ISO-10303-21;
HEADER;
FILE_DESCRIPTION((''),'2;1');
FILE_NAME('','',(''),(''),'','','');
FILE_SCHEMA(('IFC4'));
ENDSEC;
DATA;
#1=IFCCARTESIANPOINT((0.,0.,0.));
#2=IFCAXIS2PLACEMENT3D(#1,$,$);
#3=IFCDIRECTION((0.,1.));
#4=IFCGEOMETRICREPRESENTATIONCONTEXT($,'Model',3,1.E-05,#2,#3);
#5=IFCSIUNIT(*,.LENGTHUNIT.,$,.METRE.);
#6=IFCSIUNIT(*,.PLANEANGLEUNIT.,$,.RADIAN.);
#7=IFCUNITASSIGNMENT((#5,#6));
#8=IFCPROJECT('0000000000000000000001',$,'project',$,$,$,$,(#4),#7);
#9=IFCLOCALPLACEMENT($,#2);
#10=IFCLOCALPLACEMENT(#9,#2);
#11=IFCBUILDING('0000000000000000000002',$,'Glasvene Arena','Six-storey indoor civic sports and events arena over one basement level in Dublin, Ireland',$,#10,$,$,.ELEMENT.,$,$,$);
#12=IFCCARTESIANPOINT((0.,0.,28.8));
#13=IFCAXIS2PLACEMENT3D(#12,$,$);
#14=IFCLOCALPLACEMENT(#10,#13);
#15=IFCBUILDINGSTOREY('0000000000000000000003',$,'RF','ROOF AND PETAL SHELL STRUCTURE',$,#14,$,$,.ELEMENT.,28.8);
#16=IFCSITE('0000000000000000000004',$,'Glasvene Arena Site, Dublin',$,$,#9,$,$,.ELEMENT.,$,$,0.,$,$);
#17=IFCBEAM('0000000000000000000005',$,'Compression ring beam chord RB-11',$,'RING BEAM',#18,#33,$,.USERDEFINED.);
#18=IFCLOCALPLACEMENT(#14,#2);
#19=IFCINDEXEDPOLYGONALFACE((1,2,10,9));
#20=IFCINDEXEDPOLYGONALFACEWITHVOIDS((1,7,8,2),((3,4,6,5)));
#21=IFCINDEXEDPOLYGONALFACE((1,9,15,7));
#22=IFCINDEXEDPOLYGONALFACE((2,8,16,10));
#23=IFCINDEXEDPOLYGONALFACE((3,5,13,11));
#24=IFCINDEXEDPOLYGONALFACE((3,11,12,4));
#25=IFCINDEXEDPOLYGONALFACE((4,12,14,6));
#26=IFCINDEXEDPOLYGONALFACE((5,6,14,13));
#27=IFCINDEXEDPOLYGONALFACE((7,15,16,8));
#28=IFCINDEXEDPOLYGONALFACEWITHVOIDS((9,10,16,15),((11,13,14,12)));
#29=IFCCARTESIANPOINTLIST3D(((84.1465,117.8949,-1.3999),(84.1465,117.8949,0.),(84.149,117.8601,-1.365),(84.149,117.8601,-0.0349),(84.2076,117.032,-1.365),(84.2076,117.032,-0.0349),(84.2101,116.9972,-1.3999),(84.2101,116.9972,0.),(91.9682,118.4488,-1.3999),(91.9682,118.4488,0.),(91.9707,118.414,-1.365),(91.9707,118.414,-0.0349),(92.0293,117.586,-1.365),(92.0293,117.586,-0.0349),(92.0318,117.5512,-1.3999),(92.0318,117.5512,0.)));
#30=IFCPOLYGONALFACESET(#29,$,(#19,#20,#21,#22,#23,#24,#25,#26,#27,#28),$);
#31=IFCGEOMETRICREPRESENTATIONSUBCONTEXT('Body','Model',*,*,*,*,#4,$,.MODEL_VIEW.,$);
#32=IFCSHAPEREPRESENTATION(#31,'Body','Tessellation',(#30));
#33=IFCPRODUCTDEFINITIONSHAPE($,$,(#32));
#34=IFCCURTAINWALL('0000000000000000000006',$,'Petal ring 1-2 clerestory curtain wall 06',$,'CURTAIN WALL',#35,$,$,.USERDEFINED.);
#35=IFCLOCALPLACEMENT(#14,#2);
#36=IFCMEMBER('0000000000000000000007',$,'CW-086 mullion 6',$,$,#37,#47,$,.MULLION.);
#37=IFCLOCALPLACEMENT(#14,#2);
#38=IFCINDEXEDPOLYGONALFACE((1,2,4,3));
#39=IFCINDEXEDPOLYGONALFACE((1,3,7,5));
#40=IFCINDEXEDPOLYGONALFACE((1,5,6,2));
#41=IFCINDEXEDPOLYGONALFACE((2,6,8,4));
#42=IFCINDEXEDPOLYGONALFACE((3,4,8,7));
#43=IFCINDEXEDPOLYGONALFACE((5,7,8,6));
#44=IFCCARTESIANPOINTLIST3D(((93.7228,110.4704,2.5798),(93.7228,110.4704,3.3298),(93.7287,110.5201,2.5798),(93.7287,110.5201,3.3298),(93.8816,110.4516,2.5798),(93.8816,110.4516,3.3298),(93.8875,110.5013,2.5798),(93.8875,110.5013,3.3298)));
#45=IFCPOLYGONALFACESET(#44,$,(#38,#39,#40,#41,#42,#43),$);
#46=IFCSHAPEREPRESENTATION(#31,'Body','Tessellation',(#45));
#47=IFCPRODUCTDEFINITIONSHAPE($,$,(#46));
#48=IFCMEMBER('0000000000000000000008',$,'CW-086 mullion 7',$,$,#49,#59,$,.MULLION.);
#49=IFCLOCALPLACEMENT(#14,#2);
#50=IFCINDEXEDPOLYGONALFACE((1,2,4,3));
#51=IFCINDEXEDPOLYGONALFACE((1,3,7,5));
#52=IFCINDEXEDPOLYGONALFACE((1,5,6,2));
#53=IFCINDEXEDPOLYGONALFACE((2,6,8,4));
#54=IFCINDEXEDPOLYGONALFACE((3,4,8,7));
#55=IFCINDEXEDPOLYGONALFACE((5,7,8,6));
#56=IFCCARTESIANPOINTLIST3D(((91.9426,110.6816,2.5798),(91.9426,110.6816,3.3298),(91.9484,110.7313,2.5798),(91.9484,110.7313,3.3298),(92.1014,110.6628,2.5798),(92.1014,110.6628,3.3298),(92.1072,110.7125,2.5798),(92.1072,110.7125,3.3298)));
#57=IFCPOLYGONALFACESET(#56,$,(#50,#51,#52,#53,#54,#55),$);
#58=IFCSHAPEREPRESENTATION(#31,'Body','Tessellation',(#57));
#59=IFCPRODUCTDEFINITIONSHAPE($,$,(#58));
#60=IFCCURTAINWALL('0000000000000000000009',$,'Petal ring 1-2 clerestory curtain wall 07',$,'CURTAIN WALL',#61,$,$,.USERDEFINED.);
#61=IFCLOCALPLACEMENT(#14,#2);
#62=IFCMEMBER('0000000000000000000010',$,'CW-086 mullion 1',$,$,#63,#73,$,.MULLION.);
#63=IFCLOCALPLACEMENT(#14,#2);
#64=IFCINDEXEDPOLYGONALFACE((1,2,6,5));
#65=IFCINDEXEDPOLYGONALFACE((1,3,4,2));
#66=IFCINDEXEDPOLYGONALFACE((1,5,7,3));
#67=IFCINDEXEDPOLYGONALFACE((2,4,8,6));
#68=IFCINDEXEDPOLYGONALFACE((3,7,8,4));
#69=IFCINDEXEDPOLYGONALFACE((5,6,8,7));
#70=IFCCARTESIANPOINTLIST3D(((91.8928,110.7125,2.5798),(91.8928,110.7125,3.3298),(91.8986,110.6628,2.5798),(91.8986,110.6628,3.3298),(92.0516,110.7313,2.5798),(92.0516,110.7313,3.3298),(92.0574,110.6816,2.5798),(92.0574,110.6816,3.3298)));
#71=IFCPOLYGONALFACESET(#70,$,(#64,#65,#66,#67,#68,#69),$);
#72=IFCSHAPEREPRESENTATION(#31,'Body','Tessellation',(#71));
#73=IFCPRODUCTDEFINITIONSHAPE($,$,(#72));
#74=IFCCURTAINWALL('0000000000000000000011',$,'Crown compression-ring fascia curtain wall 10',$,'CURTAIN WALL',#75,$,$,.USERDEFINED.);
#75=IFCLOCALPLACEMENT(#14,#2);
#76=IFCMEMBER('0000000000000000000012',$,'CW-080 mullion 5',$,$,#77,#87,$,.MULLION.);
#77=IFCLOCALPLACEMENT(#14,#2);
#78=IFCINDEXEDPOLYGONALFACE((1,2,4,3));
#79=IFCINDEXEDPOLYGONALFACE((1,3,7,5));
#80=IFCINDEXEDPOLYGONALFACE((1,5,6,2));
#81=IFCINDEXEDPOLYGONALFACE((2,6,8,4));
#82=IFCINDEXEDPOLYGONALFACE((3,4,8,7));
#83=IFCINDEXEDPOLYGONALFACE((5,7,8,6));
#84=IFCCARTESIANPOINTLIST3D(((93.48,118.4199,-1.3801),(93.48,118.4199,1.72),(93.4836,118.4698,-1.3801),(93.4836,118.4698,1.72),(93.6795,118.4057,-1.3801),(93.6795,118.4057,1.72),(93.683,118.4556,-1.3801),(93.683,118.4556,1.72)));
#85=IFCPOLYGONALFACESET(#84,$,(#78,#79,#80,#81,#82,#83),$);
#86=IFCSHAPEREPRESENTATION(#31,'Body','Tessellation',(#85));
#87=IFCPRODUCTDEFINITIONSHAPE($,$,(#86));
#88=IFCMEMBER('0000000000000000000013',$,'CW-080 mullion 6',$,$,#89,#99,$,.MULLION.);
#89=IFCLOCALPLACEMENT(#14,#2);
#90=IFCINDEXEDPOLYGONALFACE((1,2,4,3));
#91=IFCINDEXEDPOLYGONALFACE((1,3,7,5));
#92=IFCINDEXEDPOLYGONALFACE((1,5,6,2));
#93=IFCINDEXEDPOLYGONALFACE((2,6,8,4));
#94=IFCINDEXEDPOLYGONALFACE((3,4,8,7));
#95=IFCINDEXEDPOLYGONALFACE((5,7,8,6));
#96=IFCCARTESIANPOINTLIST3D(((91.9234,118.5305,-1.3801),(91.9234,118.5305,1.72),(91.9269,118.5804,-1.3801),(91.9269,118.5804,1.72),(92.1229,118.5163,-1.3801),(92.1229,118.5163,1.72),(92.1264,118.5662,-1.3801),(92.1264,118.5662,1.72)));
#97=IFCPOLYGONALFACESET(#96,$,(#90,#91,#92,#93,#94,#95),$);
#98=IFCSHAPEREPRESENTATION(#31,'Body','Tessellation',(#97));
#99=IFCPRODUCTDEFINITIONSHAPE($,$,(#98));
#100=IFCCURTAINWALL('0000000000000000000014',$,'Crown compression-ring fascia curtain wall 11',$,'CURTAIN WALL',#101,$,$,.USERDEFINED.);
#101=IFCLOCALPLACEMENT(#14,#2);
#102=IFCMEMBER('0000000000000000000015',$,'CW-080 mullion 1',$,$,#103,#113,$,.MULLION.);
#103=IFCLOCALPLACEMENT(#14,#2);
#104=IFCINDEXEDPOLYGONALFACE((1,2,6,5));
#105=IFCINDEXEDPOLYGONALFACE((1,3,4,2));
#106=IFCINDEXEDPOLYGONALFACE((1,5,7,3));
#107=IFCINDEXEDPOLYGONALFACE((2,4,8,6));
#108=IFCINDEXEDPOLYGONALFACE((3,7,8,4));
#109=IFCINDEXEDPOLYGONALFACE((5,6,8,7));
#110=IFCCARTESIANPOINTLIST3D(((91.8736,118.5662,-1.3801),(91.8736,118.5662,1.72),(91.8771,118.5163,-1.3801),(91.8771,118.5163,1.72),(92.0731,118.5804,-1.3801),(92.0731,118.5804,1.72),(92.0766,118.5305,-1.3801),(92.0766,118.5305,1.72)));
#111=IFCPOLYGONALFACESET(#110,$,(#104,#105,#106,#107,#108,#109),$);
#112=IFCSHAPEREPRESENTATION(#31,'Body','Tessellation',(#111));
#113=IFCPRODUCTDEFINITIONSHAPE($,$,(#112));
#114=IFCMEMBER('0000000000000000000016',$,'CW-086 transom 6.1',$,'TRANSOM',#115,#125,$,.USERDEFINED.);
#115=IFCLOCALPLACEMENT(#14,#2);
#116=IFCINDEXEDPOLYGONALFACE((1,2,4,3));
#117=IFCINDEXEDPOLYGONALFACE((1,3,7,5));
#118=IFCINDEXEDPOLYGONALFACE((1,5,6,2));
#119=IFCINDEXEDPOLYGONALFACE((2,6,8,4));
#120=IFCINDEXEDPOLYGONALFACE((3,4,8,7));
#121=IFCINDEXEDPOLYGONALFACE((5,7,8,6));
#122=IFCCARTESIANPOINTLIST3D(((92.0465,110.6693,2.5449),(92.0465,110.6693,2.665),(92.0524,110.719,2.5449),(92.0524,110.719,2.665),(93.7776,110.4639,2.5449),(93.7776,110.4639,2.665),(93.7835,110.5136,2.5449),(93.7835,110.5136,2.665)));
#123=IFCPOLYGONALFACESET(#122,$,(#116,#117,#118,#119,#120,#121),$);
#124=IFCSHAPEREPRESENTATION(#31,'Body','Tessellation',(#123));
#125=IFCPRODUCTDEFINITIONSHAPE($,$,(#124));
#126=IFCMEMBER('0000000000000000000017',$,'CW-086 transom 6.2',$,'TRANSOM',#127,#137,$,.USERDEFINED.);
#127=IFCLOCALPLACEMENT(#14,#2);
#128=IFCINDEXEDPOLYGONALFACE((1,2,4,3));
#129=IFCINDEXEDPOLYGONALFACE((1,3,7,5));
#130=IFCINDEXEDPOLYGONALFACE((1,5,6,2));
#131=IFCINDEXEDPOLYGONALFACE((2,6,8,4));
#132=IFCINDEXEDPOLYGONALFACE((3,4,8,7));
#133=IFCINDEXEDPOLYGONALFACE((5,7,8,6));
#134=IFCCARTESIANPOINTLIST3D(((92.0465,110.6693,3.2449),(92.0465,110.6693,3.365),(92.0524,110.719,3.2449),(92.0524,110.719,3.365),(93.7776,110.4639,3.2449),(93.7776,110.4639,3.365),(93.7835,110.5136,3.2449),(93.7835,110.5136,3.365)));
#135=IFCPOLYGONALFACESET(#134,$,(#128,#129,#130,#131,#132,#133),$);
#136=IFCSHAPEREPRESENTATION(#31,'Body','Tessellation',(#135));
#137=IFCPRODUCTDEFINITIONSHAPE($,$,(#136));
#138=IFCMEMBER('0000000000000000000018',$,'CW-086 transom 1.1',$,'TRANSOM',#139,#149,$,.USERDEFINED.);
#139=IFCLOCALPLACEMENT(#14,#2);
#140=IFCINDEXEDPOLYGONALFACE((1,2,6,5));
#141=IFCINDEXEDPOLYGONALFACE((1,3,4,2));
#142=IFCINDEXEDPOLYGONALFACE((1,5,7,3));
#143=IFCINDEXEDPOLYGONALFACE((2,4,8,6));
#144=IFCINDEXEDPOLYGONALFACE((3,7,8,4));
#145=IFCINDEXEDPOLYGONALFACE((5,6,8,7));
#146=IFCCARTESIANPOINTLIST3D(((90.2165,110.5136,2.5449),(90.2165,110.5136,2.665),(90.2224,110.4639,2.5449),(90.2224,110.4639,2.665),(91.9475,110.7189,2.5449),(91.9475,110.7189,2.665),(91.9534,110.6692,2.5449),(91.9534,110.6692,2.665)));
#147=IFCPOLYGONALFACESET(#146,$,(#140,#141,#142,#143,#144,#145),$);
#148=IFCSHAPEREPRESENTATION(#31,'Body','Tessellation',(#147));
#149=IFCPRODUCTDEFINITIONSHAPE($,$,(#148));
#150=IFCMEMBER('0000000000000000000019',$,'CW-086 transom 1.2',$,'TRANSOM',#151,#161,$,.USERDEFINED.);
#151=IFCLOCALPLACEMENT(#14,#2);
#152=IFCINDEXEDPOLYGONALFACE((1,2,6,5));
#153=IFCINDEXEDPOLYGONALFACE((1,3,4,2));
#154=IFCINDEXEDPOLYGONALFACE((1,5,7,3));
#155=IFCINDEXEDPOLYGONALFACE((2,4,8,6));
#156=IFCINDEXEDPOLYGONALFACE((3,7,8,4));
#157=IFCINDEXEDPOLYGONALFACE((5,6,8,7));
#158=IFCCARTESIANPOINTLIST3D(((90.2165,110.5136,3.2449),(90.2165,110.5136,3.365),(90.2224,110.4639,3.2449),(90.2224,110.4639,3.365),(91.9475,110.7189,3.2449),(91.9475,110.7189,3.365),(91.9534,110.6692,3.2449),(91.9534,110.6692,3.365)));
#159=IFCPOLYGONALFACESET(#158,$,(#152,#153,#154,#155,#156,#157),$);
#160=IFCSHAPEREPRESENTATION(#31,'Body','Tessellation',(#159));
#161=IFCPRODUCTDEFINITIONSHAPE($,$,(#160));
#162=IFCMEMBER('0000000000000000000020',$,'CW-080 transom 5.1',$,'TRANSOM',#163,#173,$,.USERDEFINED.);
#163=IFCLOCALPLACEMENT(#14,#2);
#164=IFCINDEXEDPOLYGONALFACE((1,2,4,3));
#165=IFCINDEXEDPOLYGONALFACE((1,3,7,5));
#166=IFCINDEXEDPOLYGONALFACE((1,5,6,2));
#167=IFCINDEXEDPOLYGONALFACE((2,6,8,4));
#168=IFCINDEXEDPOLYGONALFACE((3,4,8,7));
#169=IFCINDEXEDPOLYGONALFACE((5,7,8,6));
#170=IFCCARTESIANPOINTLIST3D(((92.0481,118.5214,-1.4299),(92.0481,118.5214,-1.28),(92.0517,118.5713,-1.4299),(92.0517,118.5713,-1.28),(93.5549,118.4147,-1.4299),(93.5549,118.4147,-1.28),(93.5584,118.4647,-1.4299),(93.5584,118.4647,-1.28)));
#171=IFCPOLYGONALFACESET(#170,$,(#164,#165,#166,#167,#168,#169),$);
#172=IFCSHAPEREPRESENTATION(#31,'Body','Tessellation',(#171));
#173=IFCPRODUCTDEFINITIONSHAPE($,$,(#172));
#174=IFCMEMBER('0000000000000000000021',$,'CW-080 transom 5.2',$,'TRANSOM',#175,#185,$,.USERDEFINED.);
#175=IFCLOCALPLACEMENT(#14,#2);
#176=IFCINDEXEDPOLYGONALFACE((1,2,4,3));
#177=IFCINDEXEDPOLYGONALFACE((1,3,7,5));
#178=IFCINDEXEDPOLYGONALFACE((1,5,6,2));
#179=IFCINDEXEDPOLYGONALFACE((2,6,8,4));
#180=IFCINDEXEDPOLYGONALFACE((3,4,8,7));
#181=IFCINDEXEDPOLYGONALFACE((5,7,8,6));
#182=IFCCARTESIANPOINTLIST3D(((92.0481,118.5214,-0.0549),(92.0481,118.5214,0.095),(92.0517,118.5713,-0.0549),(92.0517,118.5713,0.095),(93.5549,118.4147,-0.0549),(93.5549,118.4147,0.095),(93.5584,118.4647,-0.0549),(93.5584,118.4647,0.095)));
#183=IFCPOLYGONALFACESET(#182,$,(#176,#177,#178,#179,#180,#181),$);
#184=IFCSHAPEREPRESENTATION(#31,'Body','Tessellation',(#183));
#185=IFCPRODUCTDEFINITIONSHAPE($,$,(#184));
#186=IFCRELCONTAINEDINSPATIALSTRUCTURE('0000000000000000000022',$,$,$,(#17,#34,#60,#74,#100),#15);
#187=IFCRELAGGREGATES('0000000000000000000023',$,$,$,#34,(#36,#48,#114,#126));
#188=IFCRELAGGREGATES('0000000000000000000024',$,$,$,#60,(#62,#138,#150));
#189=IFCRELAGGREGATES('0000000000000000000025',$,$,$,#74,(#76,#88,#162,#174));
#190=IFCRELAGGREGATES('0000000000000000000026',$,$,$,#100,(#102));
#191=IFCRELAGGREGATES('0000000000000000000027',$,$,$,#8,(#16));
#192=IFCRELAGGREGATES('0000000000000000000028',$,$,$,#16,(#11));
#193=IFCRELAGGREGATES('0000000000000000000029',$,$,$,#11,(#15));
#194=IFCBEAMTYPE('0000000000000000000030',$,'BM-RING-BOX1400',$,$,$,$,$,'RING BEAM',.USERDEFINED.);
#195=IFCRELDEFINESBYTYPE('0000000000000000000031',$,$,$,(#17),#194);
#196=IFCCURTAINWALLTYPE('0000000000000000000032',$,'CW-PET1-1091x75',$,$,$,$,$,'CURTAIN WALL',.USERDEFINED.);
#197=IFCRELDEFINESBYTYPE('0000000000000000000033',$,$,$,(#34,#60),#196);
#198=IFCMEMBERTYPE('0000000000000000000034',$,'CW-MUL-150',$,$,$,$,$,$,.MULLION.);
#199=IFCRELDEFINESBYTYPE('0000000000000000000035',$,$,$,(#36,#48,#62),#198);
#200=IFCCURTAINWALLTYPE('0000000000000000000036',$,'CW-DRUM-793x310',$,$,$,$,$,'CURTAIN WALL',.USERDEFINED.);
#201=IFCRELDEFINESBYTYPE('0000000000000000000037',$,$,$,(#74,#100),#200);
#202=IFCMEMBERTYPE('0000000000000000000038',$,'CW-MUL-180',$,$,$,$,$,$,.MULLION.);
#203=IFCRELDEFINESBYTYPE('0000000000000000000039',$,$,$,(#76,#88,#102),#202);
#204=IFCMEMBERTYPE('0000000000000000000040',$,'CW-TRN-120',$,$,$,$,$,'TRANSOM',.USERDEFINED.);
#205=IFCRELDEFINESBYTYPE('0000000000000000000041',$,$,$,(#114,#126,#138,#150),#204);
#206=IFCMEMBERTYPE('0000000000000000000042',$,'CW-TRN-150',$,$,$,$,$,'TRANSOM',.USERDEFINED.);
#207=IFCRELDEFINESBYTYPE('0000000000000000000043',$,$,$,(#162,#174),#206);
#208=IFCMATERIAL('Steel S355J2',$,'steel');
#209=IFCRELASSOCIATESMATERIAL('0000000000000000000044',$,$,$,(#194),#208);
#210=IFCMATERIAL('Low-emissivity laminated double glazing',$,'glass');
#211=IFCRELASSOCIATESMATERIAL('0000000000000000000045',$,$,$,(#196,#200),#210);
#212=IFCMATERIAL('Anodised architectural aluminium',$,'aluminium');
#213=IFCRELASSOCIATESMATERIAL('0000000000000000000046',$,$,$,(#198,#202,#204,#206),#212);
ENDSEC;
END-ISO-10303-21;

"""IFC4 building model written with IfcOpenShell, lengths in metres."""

from ifc_helpers import new_model, si_unit, direction, frame, origin, origin_2d, place, context, subcontext, project, spatial, rectangle, hollow_rectangle, extrude, material, material_profile, profile_set, type_object, element, aggregate, save


model = new_model("IFC4")

# Units and contexts
model_context = context("Model", 3, precision=1e-05, world=origin(), true_north=direction((0.0, 1.0)))
body_context = subcontext(model_context, "Body", "Model", "MODEL_VIEW")
ifc_project = project(units=[si_unit("LENGTHUNIT", "METRE"), si_unit("PLANEANGLEUNIT", "RADIAN")], contexts=[model_context])

# Site, building, storey
site_placement = place(None, origin())
site = spatial("IfcSite", under=ifc_project, at=site_placement, Name="Glasvene Arena Site, Dublin", CompositionType="ELEMENT", RefElevation=0.0)
building_placement = place(site_placement, origin())
building = spatial("IfcBuilding", under=site, at=building_placement, Name="Glasvene Arena", Description="Six-storey indoor civic sports and events arena over one basement level in Dublin, Ireland", CompositionType="ELEMENT")
storey_placement = place(building_placement, frame((0.0, 0.0, 28.8)))
storey = spatial("IfcBuildingStorey", under=building, at=storey_placement, Name="RF", Description="ROOF AND PETAL SHELL STRUCTURE", CompositionType="ELEMENT", Elevation=28.8)

# Beam
ifc_material_1 = material(Name="Steel S355J2", Category="steel")
ifc_material_profile_1 = material_profile(ifc_material_1, hollow_rectangle(XDim=0.8999, YDim=1.3999, WallThickness=0.0349, at=origin_2d()), Name="WBOX 900x1400x35")
ifc_profile_set_1 = profile_set([ifc_material_profile_1], Name="Steel S355J2")
beam_type = type_object("IfcBeamType", Name="BM-RING-BOX1400", ElementType="RING BEAM", PredefinedType="USERDEFINED", material=ifc_profile_set_1)
beam_placement = place(storey_placement, frame((92.0, 118.0, -0.7), z_axis=(-0.997502, -0.070645, 0.0), x_axis=(0.070645, -0.997502, 0.0)))
element("IfcBeam", 1, at=beam_placement, inside=storey, type_object=beam_type, Name="Compression ring beam chord RB-11", ObjectType="RING BEAM", PredefinedType="USERDEFINED", context=body_context, shape_type="SweptSolid", body=[
    extrude(hollow_rectangle(XDim=0.8999, YDim=1.3999, WallThickness=0.0349, at=origin_2d()), origin(), (0.0, 0.0, 1.0), 7.8413),
])

# Curtain wall, members
ifc_material_2 = material(Name="Low-emissivity laminated double glazing", Category="glass")
curtain_wall_type_1 = type_object("IfcCurtainWallType", Name="CW-PET1-1091x75", ElementType="CURTAIN WALL", PredefinedType="USERDEFINED", material=ifc_material_2)
curtain_wall_1_placement = place(storey_placement, frame((102.8315, 109.4153, 0.0)))
curtain_wall_1 = element("IfcCurtainWall", 2, at=curtain_wall_1_placement, inside=storey, type_object=curtain_wall_type_1, Name="Petal ring 1-2 clerestory curtain wall 06", ObjectType="CURTAIN WALL", PredefinedType="USERDEFINED")
ifc_material_3 = material(Name="Anodised architectural aluminium", Category="aluminium")
ifc_material_profile_2 = material_profile(ifc_material_3, rectangle(XDim=0.05, YDim=0.1599, at=origin_2d()), Name="ALU MULLION 50x160")
ifc_profile_set_2 = profile_set([ifc_material_profile_2], Name="Anodised architectural aluminium")
member_type_1 = type_object("IfcMemberType", Name="CW-MUL-150", PredefinedType="MULLION", material=ifc_profile_set_2)
member_1_placement = place(storey_placement, frame((93.8052, 110.4858, 2.5798), z_axis=(0.0, 0.0, 1.0), x_axis=(-0.117772, -0.993041, 0.0)))
member_1 = element("IfcMember", 3, at=member_1_placement, type_object=member_type_1, Name="CW-086 mullion 6", PredefinedType="MULLION", context=body_context, shape_type="SweptSolid", body=[
    extrude(rectangle(XDim=0.05, YDim=0.1599, at=origin_2d()), origin(), (0.0, 0.0, 1.0), 0.75),
])
member_2_placement = place(storey_placement, frame((92.0249, 110.697, 2.5798), z_axis=(0.0, 0.0, 1.0), x_axis=(-0.117772, -0.993041, 0.0)))
member_2 = element("IfcMember", 4, at=member_2_placement, type_object=member_type_1, Name="CW-086 mullion 7", PredefinedType="MULLION", context=body_context, shape_type="SweptSolid", body=[
    extrude(rectangle(XDim=0.05, YDim=0.1599, at=origin_2d()), origin(), (0.0, 0.0, 1.0), 0.75),
])

# Curtain wall, member
curtain_wall_2_placement = place(storey_placement, frame((92.0, 110.7, 0.0)))
curtain_wall_2 = element("IfcCurtainWall", 5, at=curtain_wall_2_placement, inside=storey, type_object=curtain_wall_type_1, Name="Petal ring 1-2 clerestory curtain wall 07", ObjectType="CURTAIN WALL", PredefinedType="USERDEFINED")
member_3_placement = place(storey_placement, frame((91.9751, 110.697, 2.5798), z_axis=(0.0, 0.0, 1.0), x_axis=(0.117772, -0.993041, 0.0)))
member_3 = element("IfcMember", 6, at=member_3_placement, type_object=member_type_1, Name="CW-086 mullion 1", PredefinedType="MULLION", context=body_context, shape_type="SweptSolid", body=[
    extrude(rectangle(XDim=0.05, YDim=0.1599, at=origin_2d()), origin(), (0.0, 0.0, 1.0), 0.75),
])

# Curtain wall, members
curtain_wall_type_2 = type_object("IfcCurtainWallType", Name="CW-DRUM-793x310", ElementType="CURTAIN WALL", PredefinedType="USERDEFINED", material=ifc_material_2)
curtain_wall_3_placement = place(storey_placement, frame((99.9077, 117.9893, 0.0)))
curtain_wall_3 = element("IfcCurtainWall", 7, at=curtain_wall_3_placement, inside=storey, type_object=curtain_wall_type_2, Name="Crown compression-ring fascia curtain wall 10", ObjectType="CURTAIN WALL", PredefinedType="USERDEFINED")
ifc_material_profile_3 = material_profile(ifc_material_3, rectangle(XDim=0.05, YDim=0.2, at=origin_2d()), Name="ALU MULLION 50x200")
ifc_profile_set_3 = profile_set([ifc_material_profile_3], Name="Anodised architectural aluminium")
member_type_2 = type_object("IfcMemberType", Name="CW-MUL-180", PredefinedType="MULLION", material=ifc_profile_set_3)
member_4_placement = place(storey_placement, frame((93.5815, 118.4377, -1.3801), z_axis=(0.0, 0.0, 1.0), x_axis=(-0.07074, -0.997495, 0.0)))
member_4 = element("IfcMember", 8, at=member_4_placement, type_object=member_type_2, Name="CW-080 mullion 5", PredefinedType="MULLION", context=body_context, shape_type="SweptSolid", body=[
    extrude(rectangle(XDim=0.05, YDim=0.2, at=origin_2d()), origin(), (0.0, 0.0, 1.0), 3.1001),
])
member_5_placement = place(storey_placement, frame((92.0249, 118.5483, -1.3801), z_axis=(0.0, 0.0, 1.0), x_axis=(-0.07074, -0.997495, 0.0)))
member_5 = element("IfcMember", 9, at=member_5_placement, type_object=member_type_2, Name="CW-080 mullion 6", PredefinedType="MULLION", context=body_context, shape_type="SweptSolid", body=[
    extrude(rectangle(XDim=0.05, YDim=0.2, at=origin_2d()), origin(), (0.0, 0.0, 1.0), 3.1001),
])

# Curtain wall, member
curtain_wall_4_placement = place(storey_placement, frame((92.0, 118.55, 0.0)))
curtain_wall_4 = element("IfcCurtainWall", 10, at=curtain_wall_4_placement, inside=storey, type_object=curtain_wall_type_2, Name="Crown compression-ring fascia curtain wall 11", ObjectType="CURTAIN WALL", PredefinedType="USERDEFINED")
member_6_placement = place(storey_placement, frame((91.9751, 118.5483, -1.3801), z_axis=(0.0, 0.0, 1.0), x_axis=(0.07074, -0.997495, 0.0)))
member_6 = element("IfcMember", 11, at=member_6_placement, type_object=member_type_2, Name="CW-080 mullion 1", PredefinedType="MULLION", context=body_context, shape_type="SweptSolid", body=[
    extrude(rectangle(XDim=0.05, YDim=0.2, at=origin_2d()), origin(), (0.0, 0.0, 1.0), 3.1001),
])

# Members
ifc_material_profile_4 = material_profile(ifc_material_3, rectangle(XDim=0.05, YDim=0.1201, at=origin_2d()), Name="ALU TRANSOM 50x120")
ifc_profile_set_4 = profile_set([ifc_material_profile_4], Name="Anodised architectural aluminium")
member_type_3 = type_object("IfcMemberType", Name="CW-TRN-120", ElementType="TRANSOM", PredefinedType="USERDEFINED", material=ifc_profile_set_4)
member_7_placement = place(storey_placement, frame((93.7805, 110.4888, 2.605), z_axis=(-0.993038, 0.117792, 0.0), x_axis=(-0.117792, -0.993038, 0.0)))
member_7 = element("IfcMember", 12, at=member_7_placement, type_object=member_type_3, Name="CW-086 transom 6.1", ObjectType="TRANSOM", PredefinedType="USERDEFINED", context=body_context, shape_type="SweptSolid", body=[
    extrude(rectangle(XDim=0.05, YDim=0.1201, at=origin_2d()), origin(), (0.0, 0.0, 1.0), 1.7432),
])
member_8_placement = place(storey_placement, frame((93.7805, 110.4888, 3.3049), z_axis=(-0.993038, 0.117792, 0.0), x_axis=(-0.117792, -0.993038, 0.0)))
member_8 = element("IfcMember", 13, at=member_8_placement, type_object=member_type_3, Name="CW-086 transom 6.2", ObjectType="TRANSOM", PredefinedType="USERDEFINED", context=body_context, shape_type="SweptSolid", body=[
    extrude(rectangle(XDim=0.05, YDim=0.1201, at=origin_2d()), origin(), (0.0, 0.0, 1.0), 1.7432),
])
member_9_placement = place(storey_placement, frame((91.9504, 110.6941, 2.605), z_axis=(-0.993038, -0.117792, 0.0), x_axis=(0.117792, -0.993038, 0.0)))
member_9 = element("IfcMember", 14, at=member_9_placement, type_object=member_type_3, Name="CW-086 transom 1.1", ObjectType="TRANSOM", PredefinedType="USERDEFINED", context=body_context, shape_type="SweptSolid", body=[
    extrude(rectangle(XDim=0.05, YDim=0.1201, at=origin_2d()), origin(), (0.0, 0.0, 1.0), 1.7432),
])
member_10_placement = place(storey_placement, frame((91.9504, 110.6941, 3.3049), z_axis=(-0.993038, -0.117792, 0.0), x_axis=(0.117792, -0.993038, 0.0)))
member_10 = element("IfcMember", 15, at=member_10_placement, type_object=member_type_3, Name="CW-086 transom 1.2", ObjectType="TRANSOM", PredefinedType="USERDEFINED", context=body_context, shape_type="SweptSolid", body=[
    extrude(rectangle(XDim=0.05, YDim=0.1201, at=origin_2d()), origin(), (0.0, 0.0, 1.0), 1.7432),
])
ifc_material_profile_5 = material_profile(ifc_material_3, rectangle(XDim=0.05, YDim=0.1499, at=origin_2d()), Name="ALU TRANSOM 50x150")
ifc_profile_set_5 = profile_set([ifc_material_profile_5], Name="Anodised architectural aluminium")
member_type_4 = type_object("IfcMemberType", Name="CW-TRN-150", ElementType="TRANSOM", PredefinedType="USERDEFINED", material=ifc_profile_set_5)
member_11_placement = place(storey_placement, frame((93.5566, 118.4397, -1.355), z_axis=(-0.997503, 0.070627, 0.0), x_axis=(-0.070627, -0.997503, 0.0)))
member_11 = element("IfcMember", 16, at=member_11_placement, type_object=member_type_4, Name="CW-080 transom 5.1", ObjectType="TRANSOM", PredefinedType="USERDEFINED", context=body_context, shape_type="SweptSolid", body=[
    extrude(rectangle(XDim=0.05, YDim=0.1499, at=origin_2d()), origin(), (0.0, 0.0, 1.0), 1.5105),
])
member_12_placement = place(storey_placement, frame((93.5566, 118.4397, 0.02), z_axis=(-0.997503, 0.070627, 0.0), x_axis=(-0.070627, -0.997503, 0.0)))
member_12 = element("IfcMember", 17, at=member_12_placement, type_object=member_type_4, Name="CW-080 transom 5.2", ObjectType="TRANSOM", PredefinedType="USERDEFINED", context=body_context, shape_type="SweptSolid", body=[
    extrude(rectangle(XDim=0.05, YDim=0.1499, at=origin_2d()), origin(), (0.0, 0.0, 1.0), 1.5105),
])

aggregate(curtain_wall_1, [member_1, member_2, member_7, member_8])
aggregate(curtain_wall_2, [member_3, member_9, member_10])
aggregate(curtain_wall_3, [member_4, member_5, member_11, member_12])
aggregate(curtain_wall_4, [member_6])

save(model, "model.ifc")
